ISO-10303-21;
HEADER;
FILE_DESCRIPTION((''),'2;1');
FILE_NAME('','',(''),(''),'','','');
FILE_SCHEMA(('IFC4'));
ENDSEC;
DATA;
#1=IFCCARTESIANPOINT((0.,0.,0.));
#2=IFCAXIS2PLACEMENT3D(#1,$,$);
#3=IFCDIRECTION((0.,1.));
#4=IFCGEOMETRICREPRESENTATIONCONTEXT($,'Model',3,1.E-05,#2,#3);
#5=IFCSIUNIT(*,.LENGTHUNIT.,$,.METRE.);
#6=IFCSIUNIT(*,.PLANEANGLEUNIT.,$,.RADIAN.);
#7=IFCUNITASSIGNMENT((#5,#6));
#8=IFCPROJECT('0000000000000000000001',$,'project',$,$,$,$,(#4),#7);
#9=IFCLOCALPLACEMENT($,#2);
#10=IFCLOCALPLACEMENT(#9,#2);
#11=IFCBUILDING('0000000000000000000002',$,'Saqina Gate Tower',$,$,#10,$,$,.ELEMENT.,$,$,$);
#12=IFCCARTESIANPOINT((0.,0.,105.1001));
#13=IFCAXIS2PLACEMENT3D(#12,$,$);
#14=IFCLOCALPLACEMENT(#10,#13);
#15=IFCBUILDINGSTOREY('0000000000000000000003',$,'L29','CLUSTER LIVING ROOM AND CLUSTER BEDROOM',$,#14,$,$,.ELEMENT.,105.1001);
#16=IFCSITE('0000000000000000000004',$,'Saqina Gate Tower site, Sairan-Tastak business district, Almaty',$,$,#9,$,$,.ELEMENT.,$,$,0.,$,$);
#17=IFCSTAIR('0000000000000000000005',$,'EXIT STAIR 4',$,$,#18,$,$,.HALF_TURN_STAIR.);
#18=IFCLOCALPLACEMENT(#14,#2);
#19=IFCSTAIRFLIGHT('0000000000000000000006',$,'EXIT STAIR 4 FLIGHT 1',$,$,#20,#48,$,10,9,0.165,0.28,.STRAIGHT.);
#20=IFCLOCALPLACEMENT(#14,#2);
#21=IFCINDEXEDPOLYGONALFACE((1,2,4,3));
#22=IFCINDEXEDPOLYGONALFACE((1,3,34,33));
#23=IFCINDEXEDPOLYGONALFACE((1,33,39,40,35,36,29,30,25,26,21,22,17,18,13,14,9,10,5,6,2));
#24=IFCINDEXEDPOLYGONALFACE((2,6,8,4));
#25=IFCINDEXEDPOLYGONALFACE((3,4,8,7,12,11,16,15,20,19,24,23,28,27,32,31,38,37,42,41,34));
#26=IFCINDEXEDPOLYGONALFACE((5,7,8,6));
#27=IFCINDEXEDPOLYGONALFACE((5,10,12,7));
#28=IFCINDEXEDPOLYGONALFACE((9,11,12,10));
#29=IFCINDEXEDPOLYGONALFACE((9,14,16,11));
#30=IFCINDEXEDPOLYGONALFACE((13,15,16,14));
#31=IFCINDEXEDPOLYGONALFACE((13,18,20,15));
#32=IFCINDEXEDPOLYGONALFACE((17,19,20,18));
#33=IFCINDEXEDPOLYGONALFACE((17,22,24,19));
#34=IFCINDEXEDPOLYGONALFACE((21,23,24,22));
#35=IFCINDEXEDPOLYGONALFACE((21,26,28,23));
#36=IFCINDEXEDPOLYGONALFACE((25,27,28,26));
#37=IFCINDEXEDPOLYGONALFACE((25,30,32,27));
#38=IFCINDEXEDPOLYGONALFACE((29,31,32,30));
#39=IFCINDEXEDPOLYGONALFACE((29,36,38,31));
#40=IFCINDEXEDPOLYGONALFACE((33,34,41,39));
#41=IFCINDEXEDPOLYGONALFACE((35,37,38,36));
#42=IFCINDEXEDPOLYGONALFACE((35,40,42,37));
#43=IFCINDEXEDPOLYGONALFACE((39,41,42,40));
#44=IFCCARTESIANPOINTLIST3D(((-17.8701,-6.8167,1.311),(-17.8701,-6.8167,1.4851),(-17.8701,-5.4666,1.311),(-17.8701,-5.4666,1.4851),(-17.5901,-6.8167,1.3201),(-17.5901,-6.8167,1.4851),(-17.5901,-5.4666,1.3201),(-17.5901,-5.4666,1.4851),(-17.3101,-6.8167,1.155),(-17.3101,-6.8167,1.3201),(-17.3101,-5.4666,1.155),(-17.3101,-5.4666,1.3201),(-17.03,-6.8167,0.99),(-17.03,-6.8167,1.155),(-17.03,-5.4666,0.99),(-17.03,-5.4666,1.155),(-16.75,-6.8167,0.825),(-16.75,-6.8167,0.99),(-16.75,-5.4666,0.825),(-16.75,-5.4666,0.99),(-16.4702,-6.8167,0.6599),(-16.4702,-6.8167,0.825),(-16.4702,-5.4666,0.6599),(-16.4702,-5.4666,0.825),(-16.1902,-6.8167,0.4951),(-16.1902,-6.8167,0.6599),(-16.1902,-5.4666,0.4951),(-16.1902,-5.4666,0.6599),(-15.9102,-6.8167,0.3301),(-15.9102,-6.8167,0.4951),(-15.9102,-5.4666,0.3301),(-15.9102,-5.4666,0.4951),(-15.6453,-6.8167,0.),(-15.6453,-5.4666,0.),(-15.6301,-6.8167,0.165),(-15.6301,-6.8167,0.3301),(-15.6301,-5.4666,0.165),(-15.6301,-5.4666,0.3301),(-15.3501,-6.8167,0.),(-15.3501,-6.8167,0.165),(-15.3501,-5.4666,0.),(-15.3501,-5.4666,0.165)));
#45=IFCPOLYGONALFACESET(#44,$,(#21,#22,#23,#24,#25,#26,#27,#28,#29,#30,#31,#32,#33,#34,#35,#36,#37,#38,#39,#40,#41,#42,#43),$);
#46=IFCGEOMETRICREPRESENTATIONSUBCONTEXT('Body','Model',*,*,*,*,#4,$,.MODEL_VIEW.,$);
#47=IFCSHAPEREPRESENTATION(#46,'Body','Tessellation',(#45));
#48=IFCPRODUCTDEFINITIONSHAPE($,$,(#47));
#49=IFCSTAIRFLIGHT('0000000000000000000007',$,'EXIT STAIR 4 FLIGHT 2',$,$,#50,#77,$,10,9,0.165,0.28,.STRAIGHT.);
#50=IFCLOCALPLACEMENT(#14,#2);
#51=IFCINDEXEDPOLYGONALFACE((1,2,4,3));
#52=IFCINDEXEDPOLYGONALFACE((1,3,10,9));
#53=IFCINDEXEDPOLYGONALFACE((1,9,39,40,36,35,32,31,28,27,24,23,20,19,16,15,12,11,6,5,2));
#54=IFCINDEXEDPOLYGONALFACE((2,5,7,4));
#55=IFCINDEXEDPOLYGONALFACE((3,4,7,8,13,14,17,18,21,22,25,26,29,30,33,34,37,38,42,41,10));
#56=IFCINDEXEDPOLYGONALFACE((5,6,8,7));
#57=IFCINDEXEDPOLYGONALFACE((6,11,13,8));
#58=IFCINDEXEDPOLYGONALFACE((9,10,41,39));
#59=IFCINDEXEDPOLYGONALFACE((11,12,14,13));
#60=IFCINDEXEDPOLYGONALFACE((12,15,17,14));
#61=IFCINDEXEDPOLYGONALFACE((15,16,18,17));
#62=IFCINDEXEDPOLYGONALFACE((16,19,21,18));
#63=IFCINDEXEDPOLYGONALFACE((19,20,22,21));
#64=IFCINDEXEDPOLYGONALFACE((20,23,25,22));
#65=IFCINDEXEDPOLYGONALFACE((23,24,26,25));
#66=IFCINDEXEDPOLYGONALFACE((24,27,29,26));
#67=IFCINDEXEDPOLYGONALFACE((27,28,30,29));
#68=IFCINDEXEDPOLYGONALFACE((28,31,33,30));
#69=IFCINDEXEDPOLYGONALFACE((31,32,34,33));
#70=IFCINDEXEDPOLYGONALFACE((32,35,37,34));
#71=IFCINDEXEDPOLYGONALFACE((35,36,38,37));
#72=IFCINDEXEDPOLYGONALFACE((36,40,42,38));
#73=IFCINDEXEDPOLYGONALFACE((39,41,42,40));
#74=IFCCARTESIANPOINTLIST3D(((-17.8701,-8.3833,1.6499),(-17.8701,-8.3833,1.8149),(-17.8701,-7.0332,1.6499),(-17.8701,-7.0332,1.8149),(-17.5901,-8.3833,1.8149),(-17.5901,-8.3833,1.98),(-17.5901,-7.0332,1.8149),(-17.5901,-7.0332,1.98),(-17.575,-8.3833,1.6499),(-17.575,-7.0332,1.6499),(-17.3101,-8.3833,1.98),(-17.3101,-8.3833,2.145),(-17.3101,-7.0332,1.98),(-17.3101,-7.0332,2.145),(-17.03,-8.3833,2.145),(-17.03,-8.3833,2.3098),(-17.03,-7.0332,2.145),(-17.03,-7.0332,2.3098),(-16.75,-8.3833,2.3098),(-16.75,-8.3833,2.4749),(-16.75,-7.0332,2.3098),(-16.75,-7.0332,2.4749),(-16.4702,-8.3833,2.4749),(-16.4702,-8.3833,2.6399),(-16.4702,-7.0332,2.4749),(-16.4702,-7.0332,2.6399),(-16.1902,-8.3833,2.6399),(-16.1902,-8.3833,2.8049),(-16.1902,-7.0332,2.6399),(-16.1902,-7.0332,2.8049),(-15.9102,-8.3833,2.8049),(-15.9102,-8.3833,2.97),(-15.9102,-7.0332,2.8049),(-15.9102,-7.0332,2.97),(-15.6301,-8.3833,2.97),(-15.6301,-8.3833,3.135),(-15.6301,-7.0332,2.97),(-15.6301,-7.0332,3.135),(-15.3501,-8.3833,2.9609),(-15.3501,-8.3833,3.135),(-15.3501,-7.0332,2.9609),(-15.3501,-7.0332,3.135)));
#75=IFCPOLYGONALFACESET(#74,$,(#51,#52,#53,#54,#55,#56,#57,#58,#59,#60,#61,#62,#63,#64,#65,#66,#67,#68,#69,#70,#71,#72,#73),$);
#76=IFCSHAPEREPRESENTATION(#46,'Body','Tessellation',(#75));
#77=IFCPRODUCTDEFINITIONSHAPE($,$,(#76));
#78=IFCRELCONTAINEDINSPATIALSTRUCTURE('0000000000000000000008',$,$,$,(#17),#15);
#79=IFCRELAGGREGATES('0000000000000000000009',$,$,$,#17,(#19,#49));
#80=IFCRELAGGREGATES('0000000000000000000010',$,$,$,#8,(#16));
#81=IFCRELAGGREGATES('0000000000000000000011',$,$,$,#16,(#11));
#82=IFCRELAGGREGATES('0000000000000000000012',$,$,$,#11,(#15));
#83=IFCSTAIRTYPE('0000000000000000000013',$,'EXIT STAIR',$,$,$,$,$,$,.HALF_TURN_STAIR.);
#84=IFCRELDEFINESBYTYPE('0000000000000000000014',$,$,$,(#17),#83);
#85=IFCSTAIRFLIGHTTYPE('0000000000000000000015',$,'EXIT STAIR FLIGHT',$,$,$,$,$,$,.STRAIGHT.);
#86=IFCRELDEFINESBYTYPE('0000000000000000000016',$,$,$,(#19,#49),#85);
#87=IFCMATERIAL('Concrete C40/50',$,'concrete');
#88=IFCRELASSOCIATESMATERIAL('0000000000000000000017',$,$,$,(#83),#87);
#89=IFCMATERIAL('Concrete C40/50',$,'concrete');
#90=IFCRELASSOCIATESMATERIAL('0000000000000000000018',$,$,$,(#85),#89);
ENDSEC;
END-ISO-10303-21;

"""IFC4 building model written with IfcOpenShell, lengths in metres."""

from ifc_helpers import new_model, si_unit, direction, frame, origin, place, context, subcontext, project, spatial, polyline, outline, extrude, material, type_object, element, aggregate, save


model = new_model("IFC4")

# Units and contexts
model_context = context("Model", 3, precision=1e-05, world=origin(), true_north=direction((0.0, 1.0)))
body_context = subcontext(model_context, "Body", "Model", "MODEL_VIEW")
ifc_project = project(units=[si_unit("LENGTHUNIT", "METRE"), si_unit("PLANEANGLEUNIT", "RADIAN")], contexts=[model_context])

# Site, building, storey
site_placement = place(None, origin())
site = spatial("IfcSite", under=ifc_project, at=site_placement, Name="Saqina Gate Tower site, Sairan-Tastak business district, Almaty", CompositionType="ELEMENT", RefElevation=0.0)
building_placement = place(site_placement, origin())
building = spatial("IfcBuilding", under=site, at=building_placement, Name="Saqina Gate Tower", CompositionType="ELEMENT")
storey_placement = place(building_placement, frame((0.0, 0.0, 105.1001)))
storey = spatial("IfcBuildingStorey", under=building, at=storey_placement, Name="L29", Description="CLUSTER LIVING ROOM AND CLUSTER BEDROOM", CompositionType="ELEMENT", Elevation=105.1001)

# Stair, stair flights
ifc_material_1 = material(Name="Concrete C40/50", Category="concrete")
stair_type = type_object("IfcStairType", Name="EXIT STAIR", PredefinedType="HALF_TURN_STAIR", material=ifc_material_1)
stair_placement = place(storey_placement, origin())
stair = element("IfcStair", 1, at=stair_placement, inside=storey, type_object=stair_type, Name="EXIT STAIR 4", PredefinedType="HALF_TURN_STAIR")
ifc_material_2 = material(Name="Concrete C40/50", Category="concrete")
stair_flight_type = type_object("IfcStairFlightType", Name="EXIT STAIR FLIGHT", PredefinedType="STRAIGHT", material=ifc_material_2)
stair_flight_1_placement = place(storey_placement, frame((-15.3501, -6.1416, 0.0), z_axis=(0.0, 0.0, 1.0), x_axis=(-1.0, 0.0, 0.0)))
stair_flight_1 = element("IfcStairFlight", 2, at=stair_flight_1_placement, type_object=stair_flight_type, Name="EXIT STAIR 4 FLIGHT 1", NumberOfRisers=10, NumberOfTreads=9, PredefinedType="STRAIGHT", RiserHeight=0.165, TreadLength=0.28, context=body_context, shape_type="SweptSolid", body=[
    extrude(outline(polyline([(0.0, 0.0), (0.0, 0.165), (0.28, 0.165), (0.28, 0.3301), (0.5601, 0.3301), (0.5601, 0.4951), (0.8401, 0.4951), (0.8401, 0.6599), (1.1201, 0.6599), (1.1201, 0.825), (1.3999, 0.825), (1.3999, 0.99), (1.6799, 0.99), (1.6799, 1.155), (1.96, 1.155), (1.96, 1.3201), (2.24, 1.3201), (2.24, 1.4851), (2.52, 1.4851), (2.52, 1.6499), (2.52, 1.311), (0.2952, 0.0), (0.0, 0.0)])), frame((0.0, 0.675, 0.0), z_axis=(0.0, -1.0, 0.0), x_axis=(1.0, 0.0, 0.0)), (0.0, 0.0, 1.0), 1.3501),
])
stair_flight_2_placement = place(storey_placement, frame((-17.8701, -7.7083, 1.6499), z_axis=(0.0, 0.0, 1.0), x_axis=(1.0, 0.0, 0.0)))
stair_flight_2 = element("IfcStairFlight", 3, at=stair_flight_2_placement, type_object=stair_flight_type, Name="EXIT STAIR 4 FLIGHT 2", NumberOfRisers=10, NumberOfTreads=9, PredefinedType="STRAIGHT", RiserHeight=0.165, TreadLength=0.28, context=body_context, shape_type="SweptSolid", body=[
    extrude(outline(polyline([(0.0, 0.0), (0.0, 0.165), (0.28, 0.165), (0.28, 0.3301), (0.5601, 0.3301), (0.5601, 0.4951), (0.8401, 0.4951), (0.8401, 0.6599), (1.1201, 0.6599), (1.1201, 0.825), (1.3999, 0.825), (1.3999, 0.99), (1.6799, 0.99), (1.6799, 1.155), (1.96, 1.155), (1.96, 1.3201), (2.24, 1.3201), (2.24, 1.4851), (2.52, 1.4851), (2.52, 1.6499), (2.52, 1.311), (0.2952, 0.0), (0.0, 0.0)])), frame((0.0, 0.675, 0.0), z_axis=(0.0, -1.0, 0.0), x_axis=(1.0, 0.0, 0.0)), (0.0, 0.0, 1.0), 1.3501),
])
aggregate(stair, [stair_flight_1, stair_flight_2])

save(model, "model.ifc")
